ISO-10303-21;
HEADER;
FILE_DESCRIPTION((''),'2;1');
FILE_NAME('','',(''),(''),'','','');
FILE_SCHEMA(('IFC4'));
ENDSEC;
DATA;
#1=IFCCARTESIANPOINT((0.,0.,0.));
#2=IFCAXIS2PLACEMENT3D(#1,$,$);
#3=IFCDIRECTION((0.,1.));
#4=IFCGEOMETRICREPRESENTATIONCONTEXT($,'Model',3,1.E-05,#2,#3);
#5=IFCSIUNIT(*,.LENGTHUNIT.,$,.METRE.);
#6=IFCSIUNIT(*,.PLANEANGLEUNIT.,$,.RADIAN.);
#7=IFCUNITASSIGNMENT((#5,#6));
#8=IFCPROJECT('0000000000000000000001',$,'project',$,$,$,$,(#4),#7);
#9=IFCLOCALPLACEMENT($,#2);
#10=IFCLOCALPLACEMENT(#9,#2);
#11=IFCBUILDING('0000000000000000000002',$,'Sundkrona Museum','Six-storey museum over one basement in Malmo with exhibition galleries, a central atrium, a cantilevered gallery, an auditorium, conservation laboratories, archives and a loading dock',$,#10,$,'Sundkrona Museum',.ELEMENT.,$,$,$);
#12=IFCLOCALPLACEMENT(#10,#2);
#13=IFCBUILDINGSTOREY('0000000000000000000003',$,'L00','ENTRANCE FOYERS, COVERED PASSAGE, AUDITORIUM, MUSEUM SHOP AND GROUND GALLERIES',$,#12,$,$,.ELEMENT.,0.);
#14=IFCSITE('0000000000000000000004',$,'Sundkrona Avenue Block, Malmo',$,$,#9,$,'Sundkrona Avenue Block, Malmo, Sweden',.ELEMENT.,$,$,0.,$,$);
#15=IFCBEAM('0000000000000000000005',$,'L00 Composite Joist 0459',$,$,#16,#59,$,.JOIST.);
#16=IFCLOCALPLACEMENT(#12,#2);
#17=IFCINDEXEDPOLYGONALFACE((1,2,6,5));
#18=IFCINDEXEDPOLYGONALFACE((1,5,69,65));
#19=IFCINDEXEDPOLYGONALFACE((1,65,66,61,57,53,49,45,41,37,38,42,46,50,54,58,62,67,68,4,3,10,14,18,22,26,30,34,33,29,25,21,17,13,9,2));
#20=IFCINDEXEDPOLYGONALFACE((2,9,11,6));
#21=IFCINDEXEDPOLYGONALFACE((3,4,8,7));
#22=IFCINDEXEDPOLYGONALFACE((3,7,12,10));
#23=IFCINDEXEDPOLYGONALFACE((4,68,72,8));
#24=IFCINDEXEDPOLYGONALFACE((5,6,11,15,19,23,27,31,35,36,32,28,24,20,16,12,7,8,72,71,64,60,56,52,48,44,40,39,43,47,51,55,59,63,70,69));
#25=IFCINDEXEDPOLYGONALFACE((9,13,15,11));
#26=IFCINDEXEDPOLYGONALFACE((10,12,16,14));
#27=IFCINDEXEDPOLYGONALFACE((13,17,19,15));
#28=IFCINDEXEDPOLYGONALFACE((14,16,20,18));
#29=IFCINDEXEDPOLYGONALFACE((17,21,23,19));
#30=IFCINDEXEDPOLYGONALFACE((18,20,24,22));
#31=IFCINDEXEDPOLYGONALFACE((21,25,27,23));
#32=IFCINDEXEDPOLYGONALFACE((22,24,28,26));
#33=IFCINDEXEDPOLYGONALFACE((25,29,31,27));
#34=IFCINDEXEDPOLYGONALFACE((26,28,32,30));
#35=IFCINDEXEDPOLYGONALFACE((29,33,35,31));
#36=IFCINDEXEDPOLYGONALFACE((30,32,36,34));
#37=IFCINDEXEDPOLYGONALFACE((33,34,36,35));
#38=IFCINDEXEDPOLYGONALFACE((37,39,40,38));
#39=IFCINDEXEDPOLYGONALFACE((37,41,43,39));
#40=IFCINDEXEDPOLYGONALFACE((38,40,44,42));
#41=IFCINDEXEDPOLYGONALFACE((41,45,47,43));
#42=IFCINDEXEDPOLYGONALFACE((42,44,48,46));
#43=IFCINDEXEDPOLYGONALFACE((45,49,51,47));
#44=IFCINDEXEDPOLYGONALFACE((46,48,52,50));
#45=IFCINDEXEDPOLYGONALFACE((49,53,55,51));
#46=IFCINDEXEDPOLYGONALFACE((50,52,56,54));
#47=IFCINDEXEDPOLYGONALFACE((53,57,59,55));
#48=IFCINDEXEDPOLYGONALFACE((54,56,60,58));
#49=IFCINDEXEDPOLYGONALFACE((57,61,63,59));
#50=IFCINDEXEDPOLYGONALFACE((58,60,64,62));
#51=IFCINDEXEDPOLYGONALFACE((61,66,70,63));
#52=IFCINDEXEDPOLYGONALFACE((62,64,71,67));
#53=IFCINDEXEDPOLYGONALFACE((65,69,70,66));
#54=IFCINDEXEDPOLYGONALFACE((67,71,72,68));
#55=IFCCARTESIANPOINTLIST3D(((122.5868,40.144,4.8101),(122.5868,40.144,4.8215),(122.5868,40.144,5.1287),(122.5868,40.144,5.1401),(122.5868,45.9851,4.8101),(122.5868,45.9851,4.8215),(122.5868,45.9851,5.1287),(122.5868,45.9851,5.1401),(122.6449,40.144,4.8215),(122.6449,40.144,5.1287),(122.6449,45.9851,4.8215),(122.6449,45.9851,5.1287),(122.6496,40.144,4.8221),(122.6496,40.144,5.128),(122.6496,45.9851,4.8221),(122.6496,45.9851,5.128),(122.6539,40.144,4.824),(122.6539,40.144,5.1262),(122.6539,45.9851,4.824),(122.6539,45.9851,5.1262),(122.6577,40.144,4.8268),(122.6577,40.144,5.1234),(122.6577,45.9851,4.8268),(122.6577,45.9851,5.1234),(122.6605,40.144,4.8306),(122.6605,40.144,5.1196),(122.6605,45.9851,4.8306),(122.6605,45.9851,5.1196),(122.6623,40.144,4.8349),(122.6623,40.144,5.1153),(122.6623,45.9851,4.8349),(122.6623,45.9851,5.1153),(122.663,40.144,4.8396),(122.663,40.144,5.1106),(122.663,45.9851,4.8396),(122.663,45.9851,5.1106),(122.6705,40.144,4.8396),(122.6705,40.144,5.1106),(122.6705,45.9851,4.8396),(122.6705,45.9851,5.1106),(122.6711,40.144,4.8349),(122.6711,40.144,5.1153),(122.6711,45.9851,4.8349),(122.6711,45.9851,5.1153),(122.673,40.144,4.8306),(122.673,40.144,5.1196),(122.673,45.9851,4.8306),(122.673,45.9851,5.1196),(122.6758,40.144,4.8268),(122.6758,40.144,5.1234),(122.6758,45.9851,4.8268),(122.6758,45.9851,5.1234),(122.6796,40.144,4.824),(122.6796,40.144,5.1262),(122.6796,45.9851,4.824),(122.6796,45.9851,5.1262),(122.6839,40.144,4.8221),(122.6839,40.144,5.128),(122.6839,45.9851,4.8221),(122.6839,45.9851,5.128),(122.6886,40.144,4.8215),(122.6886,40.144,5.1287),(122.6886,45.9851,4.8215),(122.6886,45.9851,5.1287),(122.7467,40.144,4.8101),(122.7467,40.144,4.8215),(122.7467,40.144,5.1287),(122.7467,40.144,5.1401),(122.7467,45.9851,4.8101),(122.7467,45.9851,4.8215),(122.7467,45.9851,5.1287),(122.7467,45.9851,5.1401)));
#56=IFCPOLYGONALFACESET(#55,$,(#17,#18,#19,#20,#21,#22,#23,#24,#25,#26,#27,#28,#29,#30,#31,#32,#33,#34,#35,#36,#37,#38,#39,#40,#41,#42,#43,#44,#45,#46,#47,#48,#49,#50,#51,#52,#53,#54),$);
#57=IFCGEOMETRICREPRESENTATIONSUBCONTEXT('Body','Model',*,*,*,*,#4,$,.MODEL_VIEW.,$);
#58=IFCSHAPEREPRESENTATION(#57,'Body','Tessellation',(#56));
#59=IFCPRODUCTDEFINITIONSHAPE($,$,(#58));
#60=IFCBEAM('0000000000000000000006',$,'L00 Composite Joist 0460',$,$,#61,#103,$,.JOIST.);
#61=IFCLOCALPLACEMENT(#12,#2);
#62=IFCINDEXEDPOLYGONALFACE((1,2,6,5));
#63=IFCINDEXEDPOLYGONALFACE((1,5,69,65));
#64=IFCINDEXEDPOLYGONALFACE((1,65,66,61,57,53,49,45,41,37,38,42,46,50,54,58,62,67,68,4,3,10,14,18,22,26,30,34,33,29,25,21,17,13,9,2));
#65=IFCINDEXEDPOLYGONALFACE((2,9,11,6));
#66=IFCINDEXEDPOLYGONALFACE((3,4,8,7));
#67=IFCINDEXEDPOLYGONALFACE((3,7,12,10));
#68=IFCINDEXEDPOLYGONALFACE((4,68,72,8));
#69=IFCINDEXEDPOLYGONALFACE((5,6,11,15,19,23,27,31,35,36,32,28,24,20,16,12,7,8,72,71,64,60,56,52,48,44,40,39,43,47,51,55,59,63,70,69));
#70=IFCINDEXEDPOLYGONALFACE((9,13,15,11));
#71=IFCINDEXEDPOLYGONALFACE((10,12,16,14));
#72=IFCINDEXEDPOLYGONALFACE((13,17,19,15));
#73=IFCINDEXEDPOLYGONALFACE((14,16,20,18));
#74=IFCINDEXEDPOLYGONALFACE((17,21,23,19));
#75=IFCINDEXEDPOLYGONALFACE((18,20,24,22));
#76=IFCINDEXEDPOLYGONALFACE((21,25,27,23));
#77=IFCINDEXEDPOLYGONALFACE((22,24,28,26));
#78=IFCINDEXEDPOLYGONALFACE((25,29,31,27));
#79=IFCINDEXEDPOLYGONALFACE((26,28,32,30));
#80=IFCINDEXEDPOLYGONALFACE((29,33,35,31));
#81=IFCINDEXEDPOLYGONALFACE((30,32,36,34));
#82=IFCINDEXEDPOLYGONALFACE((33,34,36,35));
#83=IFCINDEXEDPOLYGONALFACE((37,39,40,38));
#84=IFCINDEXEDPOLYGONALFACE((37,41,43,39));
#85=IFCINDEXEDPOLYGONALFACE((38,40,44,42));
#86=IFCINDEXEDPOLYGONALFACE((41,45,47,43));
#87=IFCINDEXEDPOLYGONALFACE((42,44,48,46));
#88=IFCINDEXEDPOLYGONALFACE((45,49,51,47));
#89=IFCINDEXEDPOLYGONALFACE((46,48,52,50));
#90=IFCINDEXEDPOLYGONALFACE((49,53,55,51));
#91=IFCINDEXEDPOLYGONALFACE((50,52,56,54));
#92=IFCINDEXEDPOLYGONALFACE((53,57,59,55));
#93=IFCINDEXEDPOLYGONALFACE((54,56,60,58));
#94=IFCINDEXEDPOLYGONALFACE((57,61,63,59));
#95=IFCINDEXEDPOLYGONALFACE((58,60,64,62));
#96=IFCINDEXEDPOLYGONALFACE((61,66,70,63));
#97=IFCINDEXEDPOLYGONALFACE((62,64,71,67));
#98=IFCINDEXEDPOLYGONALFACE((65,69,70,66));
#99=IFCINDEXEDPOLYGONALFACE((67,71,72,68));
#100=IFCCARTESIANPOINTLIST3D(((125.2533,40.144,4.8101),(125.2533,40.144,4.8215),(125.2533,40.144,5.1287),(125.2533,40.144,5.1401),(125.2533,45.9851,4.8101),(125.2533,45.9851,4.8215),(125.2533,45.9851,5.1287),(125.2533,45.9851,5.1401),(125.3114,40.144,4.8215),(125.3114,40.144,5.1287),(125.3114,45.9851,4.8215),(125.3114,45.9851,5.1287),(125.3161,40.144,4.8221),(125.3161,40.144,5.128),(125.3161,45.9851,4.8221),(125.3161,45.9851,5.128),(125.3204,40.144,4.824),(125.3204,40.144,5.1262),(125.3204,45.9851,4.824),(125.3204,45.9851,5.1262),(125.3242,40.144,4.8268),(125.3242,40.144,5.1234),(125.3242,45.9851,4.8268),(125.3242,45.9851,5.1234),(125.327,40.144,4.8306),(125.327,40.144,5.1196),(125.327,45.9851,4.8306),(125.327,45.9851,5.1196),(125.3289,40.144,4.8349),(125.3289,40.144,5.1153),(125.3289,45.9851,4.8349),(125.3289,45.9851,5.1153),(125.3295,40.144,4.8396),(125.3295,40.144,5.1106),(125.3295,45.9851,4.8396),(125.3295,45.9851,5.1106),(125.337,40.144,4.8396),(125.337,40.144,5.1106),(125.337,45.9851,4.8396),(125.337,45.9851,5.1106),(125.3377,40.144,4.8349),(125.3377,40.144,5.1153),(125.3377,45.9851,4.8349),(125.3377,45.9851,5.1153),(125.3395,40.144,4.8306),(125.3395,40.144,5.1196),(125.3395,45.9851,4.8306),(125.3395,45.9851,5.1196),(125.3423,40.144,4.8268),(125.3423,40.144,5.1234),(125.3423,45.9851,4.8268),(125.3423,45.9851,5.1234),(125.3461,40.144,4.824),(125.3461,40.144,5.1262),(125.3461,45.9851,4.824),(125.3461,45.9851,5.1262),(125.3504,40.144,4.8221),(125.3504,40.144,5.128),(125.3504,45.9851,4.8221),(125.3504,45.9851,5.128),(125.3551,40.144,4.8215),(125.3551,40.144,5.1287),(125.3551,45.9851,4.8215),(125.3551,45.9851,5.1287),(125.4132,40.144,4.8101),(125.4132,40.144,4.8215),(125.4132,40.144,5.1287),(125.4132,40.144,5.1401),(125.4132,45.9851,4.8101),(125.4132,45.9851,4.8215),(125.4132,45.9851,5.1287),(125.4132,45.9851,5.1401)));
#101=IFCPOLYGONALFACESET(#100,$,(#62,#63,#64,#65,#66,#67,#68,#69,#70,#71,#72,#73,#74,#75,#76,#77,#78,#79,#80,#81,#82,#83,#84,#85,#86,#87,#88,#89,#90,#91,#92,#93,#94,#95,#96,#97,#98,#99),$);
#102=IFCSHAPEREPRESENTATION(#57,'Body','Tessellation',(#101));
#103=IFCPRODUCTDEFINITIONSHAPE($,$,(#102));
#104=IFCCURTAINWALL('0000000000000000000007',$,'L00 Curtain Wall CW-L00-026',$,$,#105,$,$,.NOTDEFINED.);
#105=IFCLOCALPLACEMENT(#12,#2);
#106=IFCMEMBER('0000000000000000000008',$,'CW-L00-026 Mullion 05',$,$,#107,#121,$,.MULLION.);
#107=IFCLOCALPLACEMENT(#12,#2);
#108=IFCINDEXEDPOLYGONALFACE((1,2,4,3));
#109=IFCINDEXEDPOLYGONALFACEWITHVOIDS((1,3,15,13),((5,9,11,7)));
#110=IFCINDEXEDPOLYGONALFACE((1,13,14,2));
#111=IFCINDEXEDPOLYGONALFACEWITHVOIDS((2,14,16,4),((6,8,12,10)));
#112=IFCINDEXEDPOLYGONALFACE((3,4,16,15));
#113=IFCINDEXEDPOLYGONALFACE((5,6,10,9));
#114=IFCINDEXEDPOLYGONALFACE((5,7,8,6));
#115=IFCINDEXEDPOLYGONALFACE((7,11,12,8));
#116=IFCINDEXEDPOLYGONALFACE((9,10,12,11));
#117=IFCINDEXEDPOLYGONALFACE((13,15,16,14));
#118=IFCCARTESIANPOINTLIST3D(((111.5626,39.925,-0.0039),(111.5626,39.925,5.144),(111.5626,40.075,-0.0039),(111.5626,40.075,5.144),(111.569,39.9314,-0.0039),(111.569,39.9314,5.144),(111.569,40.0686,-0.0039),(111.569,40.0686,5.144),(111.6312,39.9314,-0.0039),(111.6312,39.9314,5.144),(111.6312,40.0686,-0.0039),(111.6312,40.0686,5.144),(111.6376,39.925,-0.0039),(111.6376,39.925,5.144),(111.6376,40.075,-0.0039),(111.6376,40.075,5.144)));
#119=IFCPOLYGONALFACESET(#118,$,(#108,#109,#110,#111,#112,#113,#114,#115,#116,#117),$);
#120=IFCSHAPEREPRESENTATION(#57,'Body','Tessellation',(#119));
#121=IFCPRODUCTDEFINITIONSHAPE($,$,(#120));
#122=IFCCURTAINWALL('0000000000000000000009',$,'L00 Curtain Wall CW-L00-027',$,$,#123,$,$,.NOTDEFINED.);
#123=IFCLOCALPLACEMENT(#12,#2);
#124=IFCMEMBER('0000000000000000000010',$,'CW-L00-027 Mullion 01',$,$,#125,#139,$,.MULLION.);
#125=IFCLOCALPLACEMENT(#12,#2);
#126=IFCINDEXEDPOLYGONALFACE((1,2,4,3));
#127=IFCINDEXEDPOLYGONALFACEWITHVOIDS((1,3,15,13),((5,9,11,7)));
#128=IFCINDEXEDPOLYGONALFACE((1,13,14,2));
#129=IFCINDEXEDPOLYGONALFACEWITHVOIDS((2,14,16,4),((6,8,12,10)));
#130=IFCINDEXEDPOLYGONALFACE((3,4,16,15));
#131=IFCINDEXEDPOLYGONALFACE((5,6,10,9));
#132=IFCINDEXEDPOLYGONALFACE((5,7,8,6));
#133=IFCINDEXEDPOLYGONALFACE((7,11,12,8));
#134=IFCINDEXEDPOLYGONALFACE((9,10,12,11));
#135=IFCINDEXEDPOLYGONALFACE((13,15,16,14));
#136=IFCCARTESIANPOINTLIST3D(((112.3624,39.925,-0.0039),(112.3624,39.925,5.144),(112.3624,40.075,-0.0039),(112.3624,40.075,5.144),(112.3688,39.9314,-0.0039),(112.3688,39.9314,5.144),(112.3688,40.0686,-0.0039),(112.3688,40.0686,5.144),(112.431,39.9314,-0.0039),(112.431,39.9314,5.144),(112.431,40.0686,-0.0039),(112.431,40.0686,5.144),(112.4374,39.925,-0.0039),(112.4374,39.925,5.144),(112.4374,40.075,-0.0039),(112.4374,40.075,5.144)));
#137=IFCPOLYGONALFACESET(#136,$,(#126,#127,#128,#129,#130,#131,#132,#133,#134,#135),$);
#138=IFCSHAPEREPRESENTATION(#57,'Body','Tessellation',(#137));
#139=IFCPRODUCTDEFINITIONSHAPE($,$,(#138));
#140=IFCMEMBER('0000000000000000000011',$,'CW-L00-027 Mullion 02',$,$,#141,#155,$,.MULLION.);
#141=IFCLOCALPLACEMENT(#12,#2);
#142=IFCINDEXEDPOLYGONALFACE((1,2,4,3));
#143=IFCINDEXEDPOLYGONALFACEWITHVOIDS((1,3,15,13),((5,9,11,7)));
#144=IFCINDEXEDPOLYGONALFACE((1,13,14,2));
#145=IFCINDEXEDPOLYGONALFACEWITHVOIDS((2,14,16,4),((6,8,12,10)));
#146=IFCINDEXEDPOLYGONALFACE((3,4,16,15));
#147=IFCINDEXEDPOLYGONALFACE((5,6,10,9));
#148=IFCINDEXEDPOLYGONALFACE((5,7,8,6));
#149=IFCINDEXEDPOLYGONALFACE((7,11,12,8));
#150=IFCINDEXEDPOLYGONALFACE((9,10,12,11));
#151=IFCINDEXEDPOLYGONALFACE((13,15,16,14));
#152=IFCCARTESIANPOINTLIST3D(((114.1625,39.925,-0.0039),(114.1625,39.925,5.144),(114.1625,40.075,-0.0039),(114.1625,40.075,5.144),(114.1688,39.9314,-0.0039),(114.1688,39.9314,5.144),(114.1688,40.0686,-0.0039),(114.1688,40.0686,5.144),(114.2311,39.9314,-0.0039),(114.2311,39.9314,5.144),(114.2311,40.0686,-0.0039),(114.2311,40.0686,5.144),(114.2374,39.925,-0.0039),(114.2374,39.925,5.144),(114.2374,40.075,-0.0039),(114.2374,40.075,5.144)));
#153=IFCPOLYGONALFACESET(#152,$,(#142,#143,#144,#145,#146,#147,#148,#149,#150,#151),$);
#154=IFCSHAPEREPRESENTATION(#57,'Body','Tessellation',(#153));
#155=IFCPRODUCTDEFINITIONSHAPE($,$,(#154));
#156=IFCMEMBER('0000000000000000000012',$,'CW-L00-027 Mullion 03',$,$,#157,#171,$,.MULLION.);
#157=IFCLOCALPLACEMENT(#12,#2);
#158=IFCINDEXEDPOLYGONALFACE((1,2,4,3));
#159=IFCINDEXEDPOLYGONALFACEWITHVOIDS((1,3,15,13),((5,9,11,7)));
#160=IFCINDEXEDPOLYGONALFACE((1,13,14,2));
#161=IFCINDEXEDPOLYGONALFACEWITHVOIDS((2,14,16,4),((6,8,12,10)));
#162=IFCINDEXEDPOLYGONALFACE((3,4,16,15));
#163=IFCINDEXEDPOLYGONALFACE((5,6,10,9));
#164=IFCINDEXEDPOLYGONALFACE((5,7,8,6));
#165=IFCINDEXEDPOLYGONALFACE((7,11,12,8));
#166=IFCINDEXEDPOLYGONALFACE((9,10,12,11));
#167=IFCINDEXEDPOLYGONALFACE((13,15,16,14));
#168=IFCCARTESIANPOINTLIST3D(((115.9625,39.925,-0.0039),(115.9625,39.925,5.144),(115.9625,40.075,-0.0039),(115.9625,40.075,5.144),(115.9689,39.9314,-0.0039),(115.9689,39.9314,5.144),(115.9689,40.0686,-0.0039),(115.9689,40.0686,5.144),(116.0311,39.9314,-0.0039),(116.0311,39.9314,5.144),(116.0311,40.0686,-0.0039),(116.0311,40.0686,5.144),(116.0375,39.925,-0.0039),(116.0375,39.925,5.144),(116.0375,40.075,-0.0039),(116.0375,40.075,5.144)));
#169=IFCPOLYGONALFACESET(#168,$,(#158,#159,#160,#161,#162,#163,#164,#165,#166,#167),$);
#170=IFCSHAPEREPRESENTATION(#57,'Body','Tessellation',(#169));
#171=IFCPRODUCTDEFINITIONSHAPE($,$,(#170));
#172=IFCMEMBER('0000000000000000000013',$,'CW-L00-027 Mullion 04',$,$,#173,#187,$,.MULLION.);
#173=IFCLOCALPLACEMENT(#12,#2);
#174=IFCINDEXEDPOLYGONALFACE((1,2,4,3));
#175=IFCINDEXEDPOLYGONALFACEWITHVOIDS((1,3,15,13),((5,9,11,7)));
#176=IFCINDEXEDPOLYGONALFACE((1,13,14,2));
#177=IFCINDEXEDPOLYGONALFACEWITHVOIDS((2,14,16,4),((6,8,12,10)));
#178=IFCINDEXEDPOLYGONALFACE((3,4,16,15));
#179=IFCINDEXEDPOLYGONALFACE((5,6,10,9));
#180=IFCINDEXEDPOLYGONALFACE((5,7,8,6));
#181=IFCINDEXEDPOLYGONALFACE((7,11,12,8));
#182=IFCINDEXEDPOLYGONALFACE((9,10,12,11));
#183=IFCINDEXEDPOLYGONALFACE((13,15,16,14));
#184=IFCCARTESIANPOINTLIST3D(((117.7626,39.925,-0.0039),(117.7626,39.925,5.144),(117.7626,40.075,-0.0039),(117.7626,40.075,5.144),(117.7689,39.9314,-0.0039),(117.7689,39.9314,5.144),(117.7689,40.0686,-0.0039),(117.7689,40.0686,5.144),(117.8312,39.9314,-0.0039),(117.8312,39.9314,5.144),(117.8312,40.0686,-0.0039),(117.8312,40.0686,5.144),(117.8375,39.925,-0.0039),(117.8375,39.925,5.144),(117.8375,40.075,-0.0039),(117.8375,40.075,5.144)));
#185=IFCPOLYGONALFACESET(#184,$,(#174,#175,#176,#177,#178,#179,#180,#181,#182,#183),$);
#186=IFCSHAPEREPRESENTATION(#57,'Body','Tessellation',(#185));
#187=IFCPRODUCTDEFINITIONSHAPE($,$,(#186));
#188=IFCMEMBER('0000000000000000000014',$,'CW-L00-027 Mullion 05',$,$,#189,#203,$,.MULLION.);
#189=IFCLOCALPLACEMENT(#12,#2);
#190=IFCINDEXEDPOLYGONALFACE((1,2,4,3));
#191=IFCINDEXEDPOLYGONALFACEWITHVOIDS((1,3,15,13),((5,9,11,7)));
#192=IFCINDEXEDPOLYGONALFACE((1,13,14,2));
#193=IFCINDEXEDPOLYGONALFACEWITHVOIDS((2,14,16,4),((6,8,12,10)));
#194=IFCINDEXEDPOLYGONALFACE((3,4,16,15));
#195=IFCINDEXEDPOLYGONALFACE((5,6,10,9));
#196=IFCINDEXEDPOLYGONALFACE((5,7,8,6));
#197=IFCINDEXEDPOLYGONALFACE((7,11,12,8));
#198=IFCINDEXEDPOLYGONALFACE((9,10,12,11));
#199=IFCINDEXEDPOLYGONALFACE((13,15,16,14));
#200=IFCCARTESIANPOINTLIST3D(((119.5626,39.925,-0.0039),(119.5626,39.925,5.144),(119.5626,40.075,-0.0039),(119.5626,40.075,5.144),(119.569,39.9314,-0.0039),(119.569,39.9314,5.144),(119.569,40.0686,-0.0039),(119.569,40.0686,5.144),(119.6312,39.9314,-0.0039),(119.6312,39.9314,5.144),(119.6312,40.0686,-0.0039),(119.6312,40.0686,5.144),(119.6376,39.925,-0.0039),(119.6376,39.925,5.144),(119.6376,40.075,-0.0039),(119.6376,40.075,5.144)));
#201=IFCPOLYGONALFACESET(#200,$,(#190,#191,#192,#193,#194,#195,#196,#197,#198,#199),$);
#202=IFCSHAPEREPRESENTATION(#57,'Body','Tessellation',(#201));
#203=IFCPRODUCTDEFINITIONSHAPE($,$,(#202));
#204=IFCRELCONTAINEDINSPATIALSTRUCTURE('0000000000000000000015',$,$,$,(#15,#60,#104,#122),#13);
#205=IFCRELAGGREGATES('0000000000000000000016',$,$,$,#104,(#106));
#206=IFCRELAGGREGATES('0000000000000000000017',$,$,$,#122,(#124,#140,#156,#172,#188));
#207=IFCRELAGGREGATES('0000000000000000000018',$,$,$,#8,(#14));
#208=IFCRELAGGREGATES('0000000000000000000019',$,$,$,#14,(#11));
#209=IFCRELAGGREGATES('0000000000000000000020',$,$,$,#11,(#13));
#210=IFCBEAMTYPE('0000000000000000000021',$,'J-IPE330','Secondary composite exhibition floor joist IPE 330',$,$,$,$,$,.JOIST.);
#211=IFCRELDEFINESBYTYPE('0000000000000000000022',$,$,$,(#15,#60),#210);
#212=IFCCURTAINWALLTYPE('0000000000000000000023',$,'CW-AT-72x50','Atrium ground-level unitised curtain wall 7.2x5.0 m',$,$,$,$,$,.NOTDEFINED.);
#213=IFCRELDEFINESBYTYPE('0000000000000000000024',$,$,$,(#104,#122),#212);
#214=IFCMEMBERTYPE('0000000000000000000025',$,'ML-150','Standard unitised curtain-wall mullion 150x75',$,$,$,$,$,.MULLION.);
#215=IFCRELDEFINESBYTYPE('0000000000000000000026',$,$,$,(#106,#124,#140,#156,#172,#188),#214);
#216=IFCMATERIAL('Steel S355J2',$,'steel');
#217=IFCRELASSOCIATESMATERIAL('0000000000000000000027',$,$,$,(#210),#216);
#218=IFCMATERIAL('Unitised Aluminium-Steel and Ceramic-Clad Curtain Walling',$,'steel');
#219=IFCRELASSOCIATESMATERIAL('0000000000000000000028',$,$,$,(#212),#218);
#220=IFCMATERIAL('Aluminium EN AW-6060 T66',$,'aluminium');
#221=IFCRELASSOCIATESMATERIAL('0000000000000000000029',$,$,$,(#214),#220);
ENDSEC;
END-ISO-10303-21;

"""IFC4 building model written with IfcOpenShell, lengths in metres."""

from ifc_helpers import new_model, si_unit, direction, frame, origin, origin_2d, place, context, subcontext, project, spatial, hollow_rectangle, i_section, extrude, material, material_profile, profile_set, type_object, element, aggregate, save


model = new_model("IFC4")

# Units and contexts
model_context = context("Model", 3, precision=1e-05, world=origin(), true_north=direction((0.0, 1.0)))
body_context = subcontext(model_context, "Body", "Model", "MODEL_VIEW")
ifc_project = project(units=[si_unit("LENGTHUNIT", "METRE"), si_unit("PLANEANGLEUNIT", "RADIAN")], contexts=[model_context])

# Site, building, storey
site_placement = place(None, origin())
site = spatial("IfcSite", under=ifc_project, at=site_placement, Name="Sundkrona Avenue Block, Malmo", LongName="Sundkrona Avenue Block, Malmo, Sweden", CompositionType="ELEMENT", RefElevation=0.0)
building_placement = place(site_placement, origin())
building = spatial("IfcBuilding", under=site, at=building_placement, Name="Sundkrona Museum", Description="Six-storey museum over one basement in Malmo with exhibition galleries, a central atrium, a cantilevered gallery, an auditorium, conservation laboratories, archives and a loading dock", LongName="Sundkrona Museum", CompositionType="ELEMENT")
storey_placement = place(building_placement, origin())
storey = spatial("IfcBuildingStorey", under=building, at=storey_placement, Name="L00", Description="ENTRANCE FOYERS, COVERED PASSAGE, AUDITORIUM, MUSEUM SHOP AND GROUND GALLERIES", CompositionType="ELEMENT", Elevation=0.0)

# Shared definitions
ifc_material_1 = material(Name="Steel S355J2", Category="steel")

# Beams
ifc_material_profile_1 = material_profile(ifc_material_1, i_section(OverallWidth=0.1599, OverallDepth=0.3301, WebThickness=0.0076, FlangeThickness=0.0115, FilletRadius=0.0181, at=origin_2d()), Name="IPE 330")
ifc_profile_set_1 = profile_set([ifc_material_profile_1], Name="Steel S355J2")
beam_type_1 = type_object("IfcBeamType", Name="J-IPE330", Description="Secondary composite exhibition floor joist IPE 330", PredefinedType="JOIST", material=ifc_profile_set_1)
for number, where, z_axis, x_axis, name in (
    (1, (122.6667, 40.144, 4.9751), (0.0, 1.0, 0.0), (-1.0, 0.0, 0.0), "L00 Composite Joist 0459"),
    (2, (125.3333, 40.144, 4.9751), (0.0, 1.0, 0.0), (-1.0, 0.0, 0.0), "L00 Composite Joist 0460"),
):
    element("IfcBeam", number, at=place(storey_placement, frame(where, z_axis=z_axis, x_axis=x_axis)), inside=storey, type_object=beam_type_1, Name=name, PredefinedType="JOIST", context=body_context, shape_type="SweptSolid", body=[
        extrude(i_section(OverallWidth=0.1599, OverallDepth=0.3301, WebThickness=0.0076, FlangeThickness=0.0115, FilletRadius=0.0181, at=origin_2d()), origin(), (0.0, 0.0, 1.0), 5.8411),
    ])

# Curtain wall, member
ifc_material_2 = material(Name="Unitised Aluminium-Steel and Ceramic-Clad Curtain Walling", Category="steel")
curtain_wall_type = type_object("IfcCurtainWallType", Name="CW-AT-72x50", Description="Atrium ground-level unitised curtain wall 7.2x5.0 m", PredefinedType="NOTDEFINED", material=ifc_material_2)
curtain_wall_1_placement = place(storey_placement, origin())
curtain_wall_1 = element("IfcCurtainWall", 3, at=curtain_wall_1_placement, inside=storey, type_object=curtain_wall_type, Name="L00 Curtain Wall CW-L00-026", PredefinedType="NOTDEFINED")
ifc_material_3 = material(Name="Aluminium EN AW-6060 T66", Category="aluminium")
ifc_material_profile_2 = material_profile(ifc_material_3, hollow_rectangle(XDim=0.075, YDim=0.1499, WallThickness=0.0063, at=origin_2d()), Name="RHS 150x75x6.3")
ifc_profile_set_2 = profile_set([ifc_material_profile_2], Name="Aluminium EN AW-6060 T66")
member_type_1 = type_object("IfcMemberType", Name="ML-150", Description="Standard unitised curtain-wall mullion 150x75", PredefinedType="MULLION", material=ifc_profile_set_2)
member_1_placement = place(storey_placement, frame((111.6001, 40.0, -0.0039), z_axis=(0.0, 0.0, 1.0), x_axis=(1.0, 0.0, 0.0)))
member_1 = element("IfcMember", 4, at=member_1_placement, type_object=member_type_1, Name="CW-L00-026 Mullion 05", PredefinedType="MULLION", context=body_context, shape_type="SweptSolid", body=[
    extrude(hollow_rectangle(XDim=0.075, YDim=0.1499, WallThickness=0.0063, at=origin_2d()), origin(), (0.0, 0.0, 1.0), 5.1479),
])

# Curtain wall, members
curtain_wall_2_placement = place(storey_placement, origin())
curtain_wall_2 = element("IfcCurtainWall", 5, at=curtain_wall_2_placement, inside=storey, type_object=curtain_wall_type, Name="L00 Curtain Wall CW-L00-027", PredefinedType="NOTDEFINED")
member_2_placement = place(storey_placement, frame((112.3999, 40.0, -0.0039), z_axis=(0.0, 0.0, 1.0), x_axis=(1.0, 0.0, 0.0)))
member_2 = element("IfcMember", 6, at=member_2_placement, type_object=member_type_1, Name="CW-L00-027 Mullion 01", PredefinedType="MULLION", context=body_context, shape_type="SweptSolid", body=[
    extrude(hollow_rectangle(XDim=0.075, YDim=0.1499, WallThickness=0.0063, at=origin_2d()), origin(), (0.0, 0.0, 1.0), 5.1479),
])
member_3_placement = place(storey_placement, frame((114.2, 40.0, -0.0039), z_axis=(0.0, 0.0, 1.0), x_axis=(1.0, 0.0, 0.0)))
member_3 = element("IfcMember", 7, at=member_3_placement, type_object=member_type_1, Name="CW-L00-027 Mullion 02", PredefinedType="MULLION", context=body_context, shape_type="SweptSolid", body=[
    extrude(hollow_rectangle(XDim=0.075, YDim=0.1499, WallThickness=0.0063, at=origin_2d()), origin(), (0.0, 0.0, 1.0), 5.1479),
])
member_4_placement = place(storey_placement, frame((116.0, 40.0, -0.0039), z_axis=(0.0, 0.0, 1.0), x_axis=(1.0, 0.0, 0.0)))
member_4 = element("IfcMember", 8, at=member_4_placement, type_object=member_type_1, Name="CW-L00-027 Mullion 03", PredefinedType="MULLION", context=body_context, shape_type="SweptSolid", body=[
    extrude(hollow_rectangle(XDim=0.075, YDim=0.1499, WallThickness=0.0063, at=origin_2d()), origin(), (0.0, 0.0, 1.0), 5.1479),
])
member_5_placement = place(storey_placement, frame((117.8, 40.0, -0.0039), z_axis=(0.0, 0.0, 1.0), x_axis=(1.0, 0.0, 0.0)))
member_5 = element("IfcMember", 9, at=member_5_placement, type_object=member_type_1, Name="CW-L00-027 Mullion 04", PredefinedType="MULLION", context=body_context, shape_type="SweptSolid", body=[
    extrude(hollow_rectangle(XDim=0.075, YDim=0.1499, WallThickness=0.0063, at=origin_2d()), origin(), (0.0, 0.0, 1.0), 5.1479),
])
member_6_placement = place(storey_placement, frame((119.6001, 40.0, -0.0039), z_axis=(0.0, 0.0, 1.0), x_axis=(1.0, 0.0, 0.0)))
member_6 = element("IfcMember", 10, at=member_6_placement, type_object=member_type_1, Name="CW-L00-027 Mullion 05", PredefinedType="MULLION", context=body_context, shape_type="SweptSolid", body=[
    extrude(hollow_rectangle(XDim=0.075, YDim=0.1499, WallThickness=0.0063, at=origin_2d()), origin(), (0.0, 0.0, 1.0), 5.1479),
])

aggregate(curtain_wall_1, [member_1])
aggregate(curtain_wall_2, [member_2, member_3, member_4, member_5, member_6])

save(model, "model.ifc")
